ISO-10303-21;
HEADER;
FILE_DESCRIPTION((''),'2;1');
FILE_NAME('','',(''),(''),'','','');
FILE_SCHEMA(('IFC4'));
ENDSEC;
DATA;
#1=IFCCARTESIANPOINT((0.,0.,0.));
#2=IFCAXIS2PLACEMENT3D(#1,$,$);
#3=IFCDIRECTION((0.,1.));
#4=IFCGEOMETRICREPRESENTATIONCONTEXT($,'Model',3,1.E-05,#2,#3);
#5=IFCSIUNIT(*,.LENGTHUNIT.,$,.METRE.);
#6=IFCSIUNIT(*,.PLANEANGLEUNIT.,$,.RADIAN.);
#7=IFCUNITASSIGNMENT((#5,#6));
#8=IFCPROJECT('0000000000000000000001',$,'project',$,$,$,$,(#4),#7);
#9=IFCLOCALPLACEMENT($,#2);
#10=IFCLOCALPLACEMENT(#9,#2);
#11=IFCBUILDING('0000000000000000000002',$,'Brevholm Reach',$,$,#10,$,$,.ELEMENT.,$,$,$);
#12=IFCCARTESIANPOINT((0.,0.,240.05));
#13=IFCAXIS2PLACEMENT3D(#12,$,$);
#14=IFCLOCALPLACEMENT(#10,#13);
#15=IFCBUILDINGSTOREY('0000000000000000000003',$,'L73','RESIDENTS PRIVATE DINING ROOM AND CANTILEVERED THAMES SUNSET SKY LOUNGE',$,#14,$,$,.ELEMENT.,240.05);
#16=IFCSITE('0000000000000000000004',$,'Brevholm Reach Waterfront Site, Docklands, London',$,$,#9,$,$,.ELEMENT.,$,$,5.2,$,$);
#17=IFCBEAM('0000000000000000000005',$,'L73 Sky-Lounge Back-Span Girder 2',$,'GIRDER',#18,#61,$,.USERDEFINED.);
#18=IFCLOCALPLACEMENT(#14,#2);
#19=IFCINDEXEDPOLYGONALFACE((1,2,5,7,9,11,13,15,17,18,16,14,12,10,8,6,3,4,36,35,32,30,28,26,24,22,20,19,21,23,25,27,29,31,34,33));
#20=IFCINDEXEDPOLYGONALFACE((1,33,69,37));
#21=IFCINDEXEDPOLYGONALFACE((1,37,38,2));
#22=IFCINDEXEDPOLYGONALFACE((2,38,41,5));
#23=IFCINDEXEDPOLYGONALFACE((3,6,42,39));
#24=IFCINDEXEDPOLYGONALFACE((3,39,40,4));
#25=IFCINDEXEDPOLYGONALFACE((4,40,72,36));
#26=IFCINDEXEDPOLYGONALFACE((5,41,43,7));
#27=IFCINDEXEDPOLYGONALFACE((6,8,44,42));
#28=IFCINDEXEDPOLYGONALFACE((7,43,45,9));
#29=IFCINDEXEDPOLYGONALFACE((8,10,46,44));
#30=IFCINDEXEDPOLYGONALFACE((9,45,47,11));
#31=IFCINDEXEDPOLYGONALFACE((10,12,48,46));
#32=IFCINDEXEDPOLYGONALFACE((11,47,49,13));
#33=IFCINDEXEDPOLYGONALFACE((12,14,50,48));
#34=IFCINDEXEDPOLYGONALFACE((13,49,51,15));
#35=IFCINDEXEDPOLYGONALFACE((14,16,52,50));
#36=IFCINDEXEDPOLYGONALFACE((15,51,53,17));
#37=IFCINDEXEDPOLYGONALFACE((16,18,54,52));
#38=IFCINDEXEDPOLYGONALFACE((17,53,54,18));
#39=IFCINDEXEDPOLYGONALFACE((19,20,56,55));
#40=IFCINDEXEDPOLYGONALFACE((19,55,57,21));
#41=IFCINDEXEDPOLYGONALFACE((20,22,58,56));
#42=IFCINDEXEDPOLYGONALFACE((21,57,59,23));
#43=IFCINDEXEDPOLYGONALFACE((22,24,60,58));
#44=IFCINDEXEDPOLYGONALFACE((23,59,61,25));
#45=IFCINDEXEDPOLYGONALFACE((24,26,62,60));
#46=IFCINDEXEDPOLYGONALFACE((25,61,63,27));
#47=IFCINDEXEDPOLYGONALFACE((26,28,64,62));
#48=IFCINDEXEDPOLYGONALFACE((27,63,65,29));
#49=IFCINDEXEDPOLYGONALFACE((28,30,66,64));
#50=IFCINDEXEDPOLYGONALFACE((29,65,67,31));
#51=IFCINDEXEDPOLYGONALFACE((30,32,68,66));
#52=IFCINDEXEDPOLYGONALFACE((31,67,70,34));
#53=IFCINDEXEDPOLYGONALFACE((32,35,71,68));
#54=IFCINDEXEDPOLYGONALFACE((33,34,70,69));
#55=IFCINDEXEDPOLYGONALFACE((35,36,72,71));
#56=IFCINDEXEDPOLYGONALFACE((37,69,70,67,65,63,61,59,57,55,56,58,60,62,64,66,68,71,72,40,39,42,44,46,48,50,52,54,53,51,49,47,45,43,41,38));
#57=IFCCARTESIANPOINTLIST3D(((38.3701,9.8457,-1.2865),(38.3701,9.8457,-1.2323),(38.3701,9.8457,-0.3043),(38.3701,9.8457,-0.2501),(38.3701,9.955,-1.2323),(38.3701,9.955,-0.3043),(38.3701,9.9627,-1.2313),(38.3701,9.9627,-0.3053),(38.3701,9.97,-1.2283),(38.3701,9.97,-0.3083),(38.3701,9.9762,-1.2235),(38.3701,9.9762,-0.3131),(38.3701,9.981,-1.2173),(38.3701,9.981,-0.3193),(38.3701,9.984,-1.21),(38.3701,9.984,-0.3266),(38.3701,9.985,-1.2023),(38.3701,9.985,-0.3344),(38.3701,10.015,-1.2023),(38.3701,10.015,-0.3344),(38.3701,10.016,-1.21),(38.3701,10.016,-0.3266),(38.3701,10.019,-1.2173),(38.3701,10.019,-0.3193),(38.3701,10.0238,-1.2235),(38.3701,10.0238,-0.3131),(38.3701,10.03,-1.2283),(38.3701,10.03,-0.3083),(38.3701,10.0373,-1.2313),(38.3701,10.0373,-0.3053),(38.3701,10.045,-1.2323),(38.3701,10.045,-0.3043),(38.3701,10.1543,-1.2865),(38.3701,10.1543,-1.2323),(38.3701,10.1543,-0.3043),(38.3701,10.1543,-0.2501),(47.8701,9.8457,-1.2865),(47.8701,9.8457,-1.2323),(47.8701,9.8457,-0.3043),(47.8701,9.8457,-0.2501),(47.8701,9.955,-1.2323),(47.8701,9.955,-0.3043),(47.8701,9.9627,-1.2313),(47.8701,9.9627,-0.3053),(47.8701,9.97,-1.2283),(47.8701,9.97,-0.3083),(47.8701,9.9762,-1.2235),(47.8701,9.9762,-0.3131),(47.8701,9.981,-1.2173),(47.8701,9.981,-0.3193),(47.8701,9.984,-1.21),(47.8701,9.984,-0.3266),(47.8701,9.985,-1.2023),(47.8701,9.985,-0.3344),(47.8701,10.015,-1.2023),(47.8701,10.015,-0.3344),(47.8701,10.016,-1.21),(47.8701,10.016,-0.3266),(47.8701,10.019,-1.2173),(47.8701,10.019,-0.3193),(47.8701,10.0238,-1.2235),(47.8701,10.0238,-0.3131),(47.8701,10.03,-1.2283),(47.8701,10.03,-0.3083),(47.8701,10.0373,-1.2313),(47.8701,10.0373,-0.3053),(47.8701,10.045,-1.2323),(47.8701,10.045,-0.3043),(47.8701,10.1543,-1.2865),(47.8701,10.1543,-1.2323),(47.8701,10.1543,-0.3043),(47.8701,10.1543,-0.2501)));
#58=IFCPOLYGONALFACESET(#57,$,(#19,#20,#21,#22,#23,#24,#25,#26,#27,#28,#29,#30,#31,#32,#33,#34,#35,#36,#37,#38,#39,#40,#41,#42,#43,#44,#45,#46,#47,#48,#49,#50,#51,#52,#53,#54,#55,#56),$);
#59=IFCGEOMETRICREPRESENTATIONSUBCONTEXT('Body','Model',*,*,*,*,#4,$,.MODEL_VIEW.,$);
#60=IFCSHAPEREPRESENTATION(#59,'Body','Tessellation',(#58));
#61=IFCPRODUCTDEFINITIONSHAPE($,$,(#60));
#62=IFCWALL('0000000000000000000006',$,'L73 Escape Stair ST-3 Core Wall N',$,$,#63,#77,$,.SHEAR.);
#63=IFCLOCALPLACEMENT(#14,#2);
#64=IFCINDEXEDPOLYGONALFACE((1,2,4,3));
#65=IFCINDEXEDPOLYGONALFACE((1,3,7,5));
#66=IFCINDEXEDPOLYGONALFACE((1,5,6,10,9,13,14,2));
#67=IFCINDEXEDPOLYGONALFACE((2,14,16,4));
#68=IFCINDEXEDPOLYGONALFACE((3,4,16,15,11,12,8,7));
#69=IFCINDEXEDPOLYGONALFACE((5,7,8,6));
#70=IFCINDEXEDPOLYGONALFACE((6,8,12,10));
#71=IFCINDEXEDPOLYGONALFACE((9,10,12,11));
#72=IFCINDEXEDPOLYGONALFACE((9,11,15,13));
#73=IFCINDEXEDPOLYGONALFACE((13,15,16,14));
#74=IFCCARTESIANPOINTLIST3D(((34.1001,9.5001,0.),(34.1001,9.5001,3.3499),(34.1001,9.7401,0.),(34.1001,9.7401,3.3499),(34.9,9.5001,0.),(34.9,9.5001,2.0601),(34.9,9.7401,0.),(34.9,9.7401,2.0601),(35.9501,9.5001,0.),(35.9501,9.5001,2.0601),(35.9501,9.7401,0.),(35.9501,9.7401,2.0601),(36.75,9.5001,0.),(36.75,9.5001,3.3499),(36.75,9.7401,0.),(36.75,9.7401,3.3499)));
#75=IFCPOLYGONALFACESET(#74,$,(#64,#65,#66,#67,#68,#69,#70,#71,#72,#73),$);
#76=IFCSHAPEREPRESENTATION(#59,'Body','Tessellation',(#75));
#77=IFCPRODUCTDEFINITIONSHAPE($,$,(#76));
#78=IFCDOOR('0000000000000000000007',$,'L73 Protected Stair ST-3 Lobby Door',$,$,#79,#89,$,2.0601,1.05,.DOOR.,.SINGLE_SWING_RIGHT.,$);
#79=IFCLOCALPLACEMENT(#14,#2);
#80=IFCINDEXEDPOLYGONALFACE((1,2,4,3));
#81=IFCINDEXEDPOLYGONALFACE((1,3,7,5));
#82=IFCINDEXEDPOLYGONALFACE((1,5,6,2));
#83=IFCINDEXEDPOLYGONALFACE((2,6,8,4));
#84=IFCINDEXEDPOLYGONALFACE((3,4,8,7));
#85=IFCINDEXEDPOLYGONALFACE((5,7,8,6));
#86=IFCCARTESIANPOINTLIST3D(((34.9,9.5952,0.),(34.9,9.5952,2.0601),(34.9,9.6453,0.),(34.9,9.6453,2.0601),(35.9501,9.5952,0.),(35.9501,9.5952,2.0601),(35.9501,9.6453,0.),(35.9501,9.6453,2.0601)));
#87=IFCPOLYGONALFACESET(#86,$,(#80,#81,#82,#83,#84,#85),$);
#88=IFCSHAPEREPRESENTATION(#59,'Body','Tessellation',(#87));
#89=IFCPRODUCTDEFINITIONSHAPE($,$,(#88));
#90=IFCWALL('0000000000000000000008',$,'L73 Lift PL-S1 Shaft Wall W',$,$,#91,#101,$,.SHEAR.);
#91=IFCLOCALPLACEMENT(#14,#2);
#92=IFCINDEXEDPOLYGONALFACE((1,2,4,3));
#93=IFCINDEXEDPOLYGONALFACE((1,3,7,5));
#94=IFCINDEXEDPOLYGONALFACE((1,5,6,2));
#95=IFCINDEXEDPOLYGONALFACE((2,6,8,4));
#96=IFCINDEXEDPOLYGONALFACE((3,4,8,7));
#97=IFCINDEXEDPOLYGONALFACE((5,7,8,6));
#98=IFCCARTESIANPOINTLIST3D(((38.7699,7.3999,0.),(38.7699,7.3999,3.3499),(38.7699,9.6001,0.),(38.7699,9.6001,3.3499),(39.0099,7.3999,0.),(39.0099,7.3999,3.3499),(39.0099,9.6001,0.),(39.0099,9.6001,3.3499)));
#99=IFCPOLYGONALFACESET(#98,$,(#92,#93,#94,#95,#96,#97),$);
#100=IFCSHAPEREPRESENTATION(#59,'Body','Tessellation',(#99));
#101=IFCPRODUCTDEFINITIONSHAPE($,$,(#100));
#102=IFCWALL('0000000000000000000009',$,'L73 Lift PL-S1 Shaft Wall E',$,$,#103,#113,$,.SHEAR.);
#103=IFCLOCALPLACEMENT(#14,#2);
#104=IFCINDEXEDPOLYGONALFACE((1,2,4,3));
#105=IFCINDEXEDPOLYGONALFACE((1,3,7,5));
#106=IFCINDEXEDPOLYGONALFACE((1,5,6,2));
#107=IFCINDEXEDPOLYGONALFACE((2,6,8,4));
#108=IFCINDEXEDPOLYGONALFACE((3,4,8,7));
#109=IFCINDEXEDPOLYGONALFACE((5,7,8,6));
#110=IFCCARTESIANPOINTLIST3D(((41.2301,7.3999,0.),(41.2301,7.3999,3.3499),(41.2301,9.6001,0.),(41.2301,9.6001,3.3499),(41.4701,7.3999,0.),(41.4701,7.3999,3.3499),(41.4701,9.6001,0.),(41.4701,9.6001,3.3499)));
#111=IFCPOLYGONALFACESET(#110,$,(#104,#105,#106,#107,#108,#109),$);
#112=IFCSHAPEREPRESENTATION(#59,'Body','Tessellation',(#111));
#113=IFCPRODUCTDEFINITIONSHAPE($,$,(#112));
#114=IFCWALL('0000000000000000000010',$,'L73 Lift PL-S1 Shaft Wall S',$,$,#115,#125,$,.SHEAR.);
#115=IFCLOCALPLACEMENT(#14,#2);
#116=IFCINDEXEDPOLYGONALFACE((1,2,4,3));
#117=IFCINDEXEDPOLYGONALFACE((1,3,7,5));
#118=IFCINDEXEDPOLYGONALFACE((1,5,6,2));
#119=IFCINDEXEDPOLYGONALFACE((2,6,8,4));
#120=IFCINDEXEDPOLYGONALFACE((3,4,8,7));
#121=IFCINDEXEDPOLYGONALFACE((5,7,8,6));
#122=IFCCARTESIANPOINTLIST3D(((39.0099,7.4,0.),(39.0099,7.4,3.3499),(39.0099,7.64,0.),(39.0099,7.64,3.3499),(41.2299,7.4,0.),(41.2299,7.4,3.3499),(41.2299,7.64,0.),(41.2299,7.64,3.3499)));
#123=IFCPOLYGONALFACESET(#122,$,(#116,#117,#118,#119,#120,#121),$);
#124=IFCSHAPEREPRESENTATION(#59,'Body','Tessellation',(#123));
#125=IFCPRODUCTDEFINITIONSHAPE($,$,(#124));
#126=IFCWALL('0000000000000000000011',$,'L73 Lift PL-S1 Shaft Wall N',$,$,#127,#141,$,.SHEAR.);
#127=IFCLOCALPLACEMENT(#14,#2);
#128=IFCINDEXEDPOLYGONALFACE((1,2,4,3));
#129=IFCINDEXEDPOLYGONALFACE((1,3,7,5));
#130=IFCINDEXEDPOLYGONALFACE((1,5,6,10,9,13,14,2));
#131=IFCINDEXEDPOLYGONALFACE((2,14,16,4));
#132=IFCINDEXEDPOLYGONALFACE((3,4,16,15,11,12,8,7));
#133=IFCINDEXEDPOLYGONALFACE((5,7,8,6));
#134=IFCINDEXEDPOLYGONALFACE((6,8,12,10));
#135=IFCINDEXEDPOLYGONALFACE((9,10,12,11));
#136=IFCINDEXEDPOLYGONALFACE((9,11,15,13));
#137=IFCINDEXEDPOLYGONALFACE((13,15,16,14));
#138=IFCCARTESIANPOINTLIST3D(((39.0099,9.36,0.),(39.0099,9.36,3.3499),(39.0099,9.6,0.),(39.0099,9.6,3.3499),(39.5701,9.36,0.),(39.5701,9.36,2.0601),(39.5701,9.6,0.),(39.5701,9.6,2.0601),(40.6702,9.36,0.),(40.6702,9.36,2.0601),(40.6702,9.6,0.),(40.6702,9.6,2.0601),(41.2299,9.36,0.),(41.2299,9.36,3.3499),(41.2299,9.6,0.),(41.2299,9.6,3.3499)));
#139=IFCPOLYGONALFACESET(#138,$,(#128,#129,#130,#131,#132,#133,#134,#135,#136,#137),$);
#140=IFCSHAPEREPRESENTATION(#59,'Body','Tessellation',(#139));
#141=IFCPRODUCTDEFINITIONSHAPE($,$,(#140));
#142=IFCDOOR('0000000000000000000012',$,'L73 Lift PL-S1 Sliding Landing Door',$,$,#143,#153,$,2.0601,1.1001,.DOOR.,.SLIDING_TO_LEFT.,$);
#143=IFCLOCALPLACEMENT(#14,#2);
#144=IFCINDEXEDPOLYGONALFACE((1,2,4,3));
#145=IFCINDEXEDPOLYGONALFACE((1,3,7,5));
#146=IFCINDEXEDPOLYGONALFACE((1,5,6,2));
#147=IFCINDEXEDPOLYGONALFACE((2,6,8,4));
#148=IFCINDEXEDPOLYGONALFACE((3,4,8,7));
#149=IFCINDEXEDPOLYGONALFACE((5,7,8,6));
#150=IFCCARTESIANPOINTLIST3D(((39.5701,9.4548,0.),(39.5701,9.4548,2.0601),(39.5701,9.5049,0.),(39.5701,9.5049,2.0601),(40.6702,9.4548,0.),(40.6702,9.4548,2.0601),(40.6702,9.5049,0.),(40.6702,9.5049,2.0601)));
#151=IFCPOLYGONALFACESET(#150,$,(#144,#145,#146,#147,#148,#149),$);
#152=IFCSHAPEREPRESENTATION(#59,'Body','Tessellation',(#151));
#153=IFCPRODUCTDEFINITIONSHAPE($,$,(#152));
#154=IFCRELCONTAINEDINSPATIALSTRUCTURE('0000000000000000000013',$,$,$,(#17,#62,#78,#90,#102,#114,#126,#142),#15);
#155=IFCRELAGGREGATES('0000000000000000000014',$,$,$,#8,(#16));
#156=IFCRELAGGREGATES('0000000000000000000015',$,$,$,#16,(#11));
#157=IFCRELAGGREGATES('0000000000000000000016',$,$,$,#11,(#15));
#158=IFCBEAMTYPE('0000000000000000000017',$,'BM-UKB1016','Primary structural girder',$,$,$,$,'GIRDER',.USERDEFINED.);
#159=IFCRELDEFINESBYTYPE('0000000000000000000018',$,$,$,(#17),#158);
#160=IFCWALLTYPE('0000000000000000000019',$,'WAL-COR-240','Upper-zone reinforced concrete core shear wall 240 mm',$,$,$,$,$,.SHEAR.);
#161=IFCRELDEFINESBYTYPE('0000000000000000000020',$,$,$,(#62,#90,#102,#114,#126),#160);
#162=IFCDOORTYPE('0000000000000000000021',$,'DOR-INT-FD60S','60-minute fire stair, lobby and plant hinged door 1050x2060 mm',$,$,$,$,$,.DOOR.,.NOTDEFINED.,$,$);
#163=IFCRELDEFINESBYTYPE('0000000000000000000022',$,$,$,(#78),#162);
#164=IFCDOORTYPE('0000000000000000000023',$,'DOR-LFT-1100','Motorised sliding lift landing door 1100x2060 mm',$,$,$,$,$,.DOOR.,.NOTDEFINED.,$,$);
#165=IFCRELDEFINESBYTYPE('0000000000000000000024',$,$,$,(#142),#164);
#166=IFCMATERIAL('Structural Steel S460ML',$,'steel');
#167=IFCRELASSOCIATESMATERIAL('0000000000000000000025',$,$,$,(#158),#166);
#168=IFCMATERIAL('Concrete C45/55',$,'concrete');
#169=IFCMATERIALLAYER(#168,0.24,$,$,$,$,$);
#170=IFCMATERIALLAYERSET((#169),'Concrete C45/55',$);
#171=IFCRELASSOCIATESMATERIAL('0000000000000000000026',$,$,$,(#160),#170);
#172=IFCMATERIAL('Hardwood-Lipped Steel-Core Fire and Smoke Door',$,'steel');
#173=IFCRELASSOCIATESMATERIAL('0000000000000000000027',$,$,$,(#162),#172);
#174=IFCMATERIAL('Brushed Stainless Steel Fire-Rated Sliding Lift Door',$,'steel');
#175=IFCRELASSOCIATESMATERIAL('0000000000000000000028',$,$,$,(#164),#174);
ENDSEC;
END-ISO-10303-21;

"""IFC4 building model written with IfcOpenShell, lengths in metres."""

from ifc_helpers import new_model, si_unit, direction, frame, frame_2d, origin, origin_2d, place, context, subcontext, project, spatial, rectangle, i_section, extrude, material, layer, layer_set, material_profile, profile_set, type_object, element, fill, save


model = new_model("IFC4")

# Units and contexts
model_context = context("Model", 3, precision=1e-05, world=origin(), true_north=direction((0.0, 1.0)))
body_context = subcontext(model_context, "Body", "Model", "MODEL_VIEW")
ifc_project = project(units=[si_unit("LENGTHUNIT", "METRE"), si_unit("PLANEANGLEUNIT", "RADIAN")], contexts=[model_context])

# Site, building, storey
site_placement = place(None, origin())
site = spatial("IfcSite", under=ifc_project, at=site_placement, Name="Brevholm Reach Waterfront Site, Docklands, London", CompositionType="ELEMENT", RefElevation=5.2)
building_placement = place(site_placement, origin())
building = spatial("IfcBuilding", under=site, at=building_placement, Name="Brevholm Reach", CompositionType="ELEMENT")
storey_placement = place(building_placement, frame((0.0, 0.0, 240.05)))
storey = spatial("IfcBuildingStorey", under=building, at=storey_placement, Name="L73", Description="RESIDENTS PRIVATE DINING ROOM AND CANTILEVERED THAMES SUNSET SKY LOUNGE", CompositionType="ELEMENT", Elevation=240.05)

# Beam
ifc_material_1 = material(Name="Structural Steel S460ML", Category="steel")
ifc_material_profile_1 = material_profile(ifc_material_1, i_section(OverallWidth=0.3086, OverallDepth=1.0364, WebThickness=0.03, FlangeThickness=0.0542, FilletRadius=0.03, at=origin_2d()), Name="UKB 1016x305x487")
ifc_profile_set_1 = profile_set([ifc_material_profile_1], Name="Structural Steel S460ML")
beam_type_1 = type_object("IfcBeamType", Name="BM-UKB1016", Description="Primary structural girder", ElementType="GIRDER", PredefinedType="USERDEFINED", material=ifc_profile_set_1)
beam_placement = place(storey_placement, frame((38.3701, 10.0, -0.7683), z_axis=(1.0, 0.0, 0.0), x_axis=(0.0, 1.0, 0.0)))
element("IfcBeam", 1, at=beam_placement, inside=storey, type_object=beam_type_1, Name="L73 Sky-Lounge Back-Span Girder 2", ObjectType="GIRDER", PredefinedType="USERDEFINED", context=body_context, shape_type="SweptSolid", body=[
    extrude(i_section(OverallWidth=0.3086, OverallDepth=1.0364, WebThickness=0.03, FlangeThickness=0.0542, FilletRadius=0.03, at=origin_2d()), origin(), (0.0, 0.0, 1.0), 9.5),
])

# Wall, opening, door
ifc_material_2 = material(Name="Concrete C45/55", Category="concrete")
ifc_layer_1 = layer(ifc_material_2, 0.24)
ifc_layer_set_1 = layer_set([ifc_layer_1], Name="Concrete C45/55")
wall_type_1 = type_object("IfcWallType", Name="WAL-COR-240", Description="Upper-zone reinforced concrete core shear wall 240 mm", PredefinedType="SHEAR", material=ifc_layer_set_1)
wall_1_placement = place(storey_placement, frame((36.75, 9.6201, 0.0), z_axis=(0.0, 0.0, 1.0), x_axis=(-1.0, 0.0, 0.0)))
wall_1 = element("IfcWall", 2, at=wall_1_placement, inside=storey, type_object=wall_type_1, Name="L73 Escape Stair ST-3 Core Wall N", PredefinedType="SHEAR", context=body_context, shape_type="SweptSolid", body=[
    extrude(rectangle(XDim=2.6499, YDim=0.24, at=frame_2d((1.325, 0.0))), origin(), (0.0, 0.0, 1.0), 3.3499),
])
opening_1_placement = place(wall_1_placement, frame((0.8, 0.0, 0.0)))
opening_1 = element("IfcOpeningElement", 3, at=opening_1_placement, cuts=wall_1, PredefinedType="OPENING", context=body_context, shape_type="SweptSolid", body=[
    extrude(rectangle(XDim=1.05, YDim=2.0601, at=frame_2d((0.5249, 1.03))), frame((0.0, 0.1299, 0.0), z_axis=(0.0, -1.0, 0.0), x_axis=(1.0, 0.0, 0.0)), (0.0, 0.0, 1.0), 0.26),
])
ifc_material_3 = material(Name="Hardwood-Lipped Steel-Core Fire and Smoke Door", Category="steel")
door_type_1 = type_object("IfcDoorType", Name="DOR-INT-FD60S", Description="60-minute fire stair, lobby and plant hinged door 1050x2060 mm", OperationType="NOTDEFINED", PredefinedType="DOOR", material=ifc_material_3)
door_1_placement = place(opening_1_placement, origin())
door_1 = element("IfcDoor", 4, at=door_1_placement, inside=storey, type_object=door_type_1, Name="L73 Protected Stair ST-3 Lobby Door", OperationType="SINGLE_SWING_RIGHT", OverallHeight=2.0601, OverallWidth=1.05, PredefinedType="DOOR", context=body_context, shape_type="SweptSolid", body=[
    extrude(rectangle(XDim=1.05, YDim=2.0601, at=frame_2d((0.5249, 1.03))), frame((0.0, 0.0249, 0.0), z_axis=(0.0, -1.0, 0.0), x_axis=(1.0, 0.0, 0.0)), (0.0, 0.0, 1.0), 0.05),
])
fill(opening_1, door_1)

# Walls
for number, where, z_axis, x_axis, name in (
    (5, (38.8899, 7.3999, 0.0), (0.0, 0.0, 1.0), (0.0, 1.0, 0.0), "L73 Lift PL-S1 Shaft Wall W"),
    (6, (41.3501, 7.3999, 0.0), (0.0, 0.0, 1.0), (0.0, 1.0, 0.0), "L73 Lift PL-S1 Shaft Wall E"),
):
    element("IfcWall", number, at=place(storey_placement, frame(where, z_axis=z_axis, x_axis=x_axis)), inside=storey, type_object=wall_type_1, Name=name, PredefinedType="SHEAR", context=body_context, shape_type="SweptSolid", body=[
        extrude(rectangle(XDim=2.2002, YDim=0.24, at=frame_2d((1.1001, 0.0))), origin(), (0.0, 0.0, 1.0), 3.3499),
    ])
wall_2_placement = place(storey_placement, frame((39.01, 7.52, 0.0), z_axis=(0.0, 0.0, 1.0), x_axis=(1.0, 0.0, 0.0)))
element("IfcWall", 7, at=wall_2_placement, inside=storey, type_object=wall_type_1, Name="L73 Lift PL-S1 Shaft Wall S", PredefinedType="SHEAR", context=body_context, shape_type="SweptSolid", body=[
    extrude(rectangle(XDim=2.22, YDim=0.24, at=frame_2d((1.1099, 0.0))), origin(), (0.0, 0.0, 1.0), 3.3499),
])

# Wall, opening, door
wall_3_placement = place(storey_placement, frame((39.01, 9.48, 0.0), z_axis=(0.0, 0.0, 1.0), x_axis=(1.0, 0.0, 0.0)))
wall_3 = element("IfcWall", 8, at=wall_3_placement, inside=storey, type_object=wall_type_1, Name="L73 Lift PL-S1 Shaft Wall N", PredefinedType="SHEAR", context=body_context, shape_type="SweptSolid", body=[
    extrude(rectangle(XDim=2.22, YDim=0.24, at=frame_2d((1.1099, 0.0))), origin(), (0.0, 0.0, 1.0), 3.3499),
])
opening_2_placement = place(wall_3_placement, frame((0.5601, 0.0, 0.0)))
opening_2 = element("IfcOpeningElement", 9, at=opening_2_placement, cuts=wall_3, PredefinedType="OPENING", context=body_context, shape_type="SweptSolid", body=[
    extrude(rectangle(XDim=1.1001, YDim=2.0601, at=frame_2d((0.55, 1.03))), frame((0.0, 0.1299, 0.0), z_axis=(0.0, -1.0, 0.0), x_axis=(1.0, 0.0, 0.0)), (0.0, 0.0, 1.0), 0.26),
])
ifc_material_4 = material(Name="Brushed Stainless Steel Fire-Rated Sliding Lift Door", Category="steel")
door_type_2 = type_object("IfcDoorType", Name="DOR-LFT-1100", Description="Motorised sliding lift landing door 1100x2060 mm", OperationType="NOTDEFINED", PredefinedType="DOOR", material=ifc_material_4)
door_2_placement = place(opening_2_placement, origin())
door_2 = element("IfcDoor", 10, at=door_2_placement, inside=storey, type_object=door_type_2, Name="L73 Lift PL-S1 Sliding Landing Door", OperationType="SLIDING_TO_LEFT", OverallHeight=2.0601, OverallWidth=1.1001, PredefinedType="DOOR", context=body_context, shape_type="SweptSolid", body=[
    extrude(rectangle(XDim=1.1001, YDim=2.0601, at=frame_2d((0.55, 1.03))), frame((0.0, 0.0249, 0.0), z_axis=(0.0, -1.0, 0.0), x_axis=(1.0, 0.0, 0.0)), (0.0, 0.0, 1.0), 0.05),
])
fill(opening_2, door_2)

save(model, "model.ifc")
